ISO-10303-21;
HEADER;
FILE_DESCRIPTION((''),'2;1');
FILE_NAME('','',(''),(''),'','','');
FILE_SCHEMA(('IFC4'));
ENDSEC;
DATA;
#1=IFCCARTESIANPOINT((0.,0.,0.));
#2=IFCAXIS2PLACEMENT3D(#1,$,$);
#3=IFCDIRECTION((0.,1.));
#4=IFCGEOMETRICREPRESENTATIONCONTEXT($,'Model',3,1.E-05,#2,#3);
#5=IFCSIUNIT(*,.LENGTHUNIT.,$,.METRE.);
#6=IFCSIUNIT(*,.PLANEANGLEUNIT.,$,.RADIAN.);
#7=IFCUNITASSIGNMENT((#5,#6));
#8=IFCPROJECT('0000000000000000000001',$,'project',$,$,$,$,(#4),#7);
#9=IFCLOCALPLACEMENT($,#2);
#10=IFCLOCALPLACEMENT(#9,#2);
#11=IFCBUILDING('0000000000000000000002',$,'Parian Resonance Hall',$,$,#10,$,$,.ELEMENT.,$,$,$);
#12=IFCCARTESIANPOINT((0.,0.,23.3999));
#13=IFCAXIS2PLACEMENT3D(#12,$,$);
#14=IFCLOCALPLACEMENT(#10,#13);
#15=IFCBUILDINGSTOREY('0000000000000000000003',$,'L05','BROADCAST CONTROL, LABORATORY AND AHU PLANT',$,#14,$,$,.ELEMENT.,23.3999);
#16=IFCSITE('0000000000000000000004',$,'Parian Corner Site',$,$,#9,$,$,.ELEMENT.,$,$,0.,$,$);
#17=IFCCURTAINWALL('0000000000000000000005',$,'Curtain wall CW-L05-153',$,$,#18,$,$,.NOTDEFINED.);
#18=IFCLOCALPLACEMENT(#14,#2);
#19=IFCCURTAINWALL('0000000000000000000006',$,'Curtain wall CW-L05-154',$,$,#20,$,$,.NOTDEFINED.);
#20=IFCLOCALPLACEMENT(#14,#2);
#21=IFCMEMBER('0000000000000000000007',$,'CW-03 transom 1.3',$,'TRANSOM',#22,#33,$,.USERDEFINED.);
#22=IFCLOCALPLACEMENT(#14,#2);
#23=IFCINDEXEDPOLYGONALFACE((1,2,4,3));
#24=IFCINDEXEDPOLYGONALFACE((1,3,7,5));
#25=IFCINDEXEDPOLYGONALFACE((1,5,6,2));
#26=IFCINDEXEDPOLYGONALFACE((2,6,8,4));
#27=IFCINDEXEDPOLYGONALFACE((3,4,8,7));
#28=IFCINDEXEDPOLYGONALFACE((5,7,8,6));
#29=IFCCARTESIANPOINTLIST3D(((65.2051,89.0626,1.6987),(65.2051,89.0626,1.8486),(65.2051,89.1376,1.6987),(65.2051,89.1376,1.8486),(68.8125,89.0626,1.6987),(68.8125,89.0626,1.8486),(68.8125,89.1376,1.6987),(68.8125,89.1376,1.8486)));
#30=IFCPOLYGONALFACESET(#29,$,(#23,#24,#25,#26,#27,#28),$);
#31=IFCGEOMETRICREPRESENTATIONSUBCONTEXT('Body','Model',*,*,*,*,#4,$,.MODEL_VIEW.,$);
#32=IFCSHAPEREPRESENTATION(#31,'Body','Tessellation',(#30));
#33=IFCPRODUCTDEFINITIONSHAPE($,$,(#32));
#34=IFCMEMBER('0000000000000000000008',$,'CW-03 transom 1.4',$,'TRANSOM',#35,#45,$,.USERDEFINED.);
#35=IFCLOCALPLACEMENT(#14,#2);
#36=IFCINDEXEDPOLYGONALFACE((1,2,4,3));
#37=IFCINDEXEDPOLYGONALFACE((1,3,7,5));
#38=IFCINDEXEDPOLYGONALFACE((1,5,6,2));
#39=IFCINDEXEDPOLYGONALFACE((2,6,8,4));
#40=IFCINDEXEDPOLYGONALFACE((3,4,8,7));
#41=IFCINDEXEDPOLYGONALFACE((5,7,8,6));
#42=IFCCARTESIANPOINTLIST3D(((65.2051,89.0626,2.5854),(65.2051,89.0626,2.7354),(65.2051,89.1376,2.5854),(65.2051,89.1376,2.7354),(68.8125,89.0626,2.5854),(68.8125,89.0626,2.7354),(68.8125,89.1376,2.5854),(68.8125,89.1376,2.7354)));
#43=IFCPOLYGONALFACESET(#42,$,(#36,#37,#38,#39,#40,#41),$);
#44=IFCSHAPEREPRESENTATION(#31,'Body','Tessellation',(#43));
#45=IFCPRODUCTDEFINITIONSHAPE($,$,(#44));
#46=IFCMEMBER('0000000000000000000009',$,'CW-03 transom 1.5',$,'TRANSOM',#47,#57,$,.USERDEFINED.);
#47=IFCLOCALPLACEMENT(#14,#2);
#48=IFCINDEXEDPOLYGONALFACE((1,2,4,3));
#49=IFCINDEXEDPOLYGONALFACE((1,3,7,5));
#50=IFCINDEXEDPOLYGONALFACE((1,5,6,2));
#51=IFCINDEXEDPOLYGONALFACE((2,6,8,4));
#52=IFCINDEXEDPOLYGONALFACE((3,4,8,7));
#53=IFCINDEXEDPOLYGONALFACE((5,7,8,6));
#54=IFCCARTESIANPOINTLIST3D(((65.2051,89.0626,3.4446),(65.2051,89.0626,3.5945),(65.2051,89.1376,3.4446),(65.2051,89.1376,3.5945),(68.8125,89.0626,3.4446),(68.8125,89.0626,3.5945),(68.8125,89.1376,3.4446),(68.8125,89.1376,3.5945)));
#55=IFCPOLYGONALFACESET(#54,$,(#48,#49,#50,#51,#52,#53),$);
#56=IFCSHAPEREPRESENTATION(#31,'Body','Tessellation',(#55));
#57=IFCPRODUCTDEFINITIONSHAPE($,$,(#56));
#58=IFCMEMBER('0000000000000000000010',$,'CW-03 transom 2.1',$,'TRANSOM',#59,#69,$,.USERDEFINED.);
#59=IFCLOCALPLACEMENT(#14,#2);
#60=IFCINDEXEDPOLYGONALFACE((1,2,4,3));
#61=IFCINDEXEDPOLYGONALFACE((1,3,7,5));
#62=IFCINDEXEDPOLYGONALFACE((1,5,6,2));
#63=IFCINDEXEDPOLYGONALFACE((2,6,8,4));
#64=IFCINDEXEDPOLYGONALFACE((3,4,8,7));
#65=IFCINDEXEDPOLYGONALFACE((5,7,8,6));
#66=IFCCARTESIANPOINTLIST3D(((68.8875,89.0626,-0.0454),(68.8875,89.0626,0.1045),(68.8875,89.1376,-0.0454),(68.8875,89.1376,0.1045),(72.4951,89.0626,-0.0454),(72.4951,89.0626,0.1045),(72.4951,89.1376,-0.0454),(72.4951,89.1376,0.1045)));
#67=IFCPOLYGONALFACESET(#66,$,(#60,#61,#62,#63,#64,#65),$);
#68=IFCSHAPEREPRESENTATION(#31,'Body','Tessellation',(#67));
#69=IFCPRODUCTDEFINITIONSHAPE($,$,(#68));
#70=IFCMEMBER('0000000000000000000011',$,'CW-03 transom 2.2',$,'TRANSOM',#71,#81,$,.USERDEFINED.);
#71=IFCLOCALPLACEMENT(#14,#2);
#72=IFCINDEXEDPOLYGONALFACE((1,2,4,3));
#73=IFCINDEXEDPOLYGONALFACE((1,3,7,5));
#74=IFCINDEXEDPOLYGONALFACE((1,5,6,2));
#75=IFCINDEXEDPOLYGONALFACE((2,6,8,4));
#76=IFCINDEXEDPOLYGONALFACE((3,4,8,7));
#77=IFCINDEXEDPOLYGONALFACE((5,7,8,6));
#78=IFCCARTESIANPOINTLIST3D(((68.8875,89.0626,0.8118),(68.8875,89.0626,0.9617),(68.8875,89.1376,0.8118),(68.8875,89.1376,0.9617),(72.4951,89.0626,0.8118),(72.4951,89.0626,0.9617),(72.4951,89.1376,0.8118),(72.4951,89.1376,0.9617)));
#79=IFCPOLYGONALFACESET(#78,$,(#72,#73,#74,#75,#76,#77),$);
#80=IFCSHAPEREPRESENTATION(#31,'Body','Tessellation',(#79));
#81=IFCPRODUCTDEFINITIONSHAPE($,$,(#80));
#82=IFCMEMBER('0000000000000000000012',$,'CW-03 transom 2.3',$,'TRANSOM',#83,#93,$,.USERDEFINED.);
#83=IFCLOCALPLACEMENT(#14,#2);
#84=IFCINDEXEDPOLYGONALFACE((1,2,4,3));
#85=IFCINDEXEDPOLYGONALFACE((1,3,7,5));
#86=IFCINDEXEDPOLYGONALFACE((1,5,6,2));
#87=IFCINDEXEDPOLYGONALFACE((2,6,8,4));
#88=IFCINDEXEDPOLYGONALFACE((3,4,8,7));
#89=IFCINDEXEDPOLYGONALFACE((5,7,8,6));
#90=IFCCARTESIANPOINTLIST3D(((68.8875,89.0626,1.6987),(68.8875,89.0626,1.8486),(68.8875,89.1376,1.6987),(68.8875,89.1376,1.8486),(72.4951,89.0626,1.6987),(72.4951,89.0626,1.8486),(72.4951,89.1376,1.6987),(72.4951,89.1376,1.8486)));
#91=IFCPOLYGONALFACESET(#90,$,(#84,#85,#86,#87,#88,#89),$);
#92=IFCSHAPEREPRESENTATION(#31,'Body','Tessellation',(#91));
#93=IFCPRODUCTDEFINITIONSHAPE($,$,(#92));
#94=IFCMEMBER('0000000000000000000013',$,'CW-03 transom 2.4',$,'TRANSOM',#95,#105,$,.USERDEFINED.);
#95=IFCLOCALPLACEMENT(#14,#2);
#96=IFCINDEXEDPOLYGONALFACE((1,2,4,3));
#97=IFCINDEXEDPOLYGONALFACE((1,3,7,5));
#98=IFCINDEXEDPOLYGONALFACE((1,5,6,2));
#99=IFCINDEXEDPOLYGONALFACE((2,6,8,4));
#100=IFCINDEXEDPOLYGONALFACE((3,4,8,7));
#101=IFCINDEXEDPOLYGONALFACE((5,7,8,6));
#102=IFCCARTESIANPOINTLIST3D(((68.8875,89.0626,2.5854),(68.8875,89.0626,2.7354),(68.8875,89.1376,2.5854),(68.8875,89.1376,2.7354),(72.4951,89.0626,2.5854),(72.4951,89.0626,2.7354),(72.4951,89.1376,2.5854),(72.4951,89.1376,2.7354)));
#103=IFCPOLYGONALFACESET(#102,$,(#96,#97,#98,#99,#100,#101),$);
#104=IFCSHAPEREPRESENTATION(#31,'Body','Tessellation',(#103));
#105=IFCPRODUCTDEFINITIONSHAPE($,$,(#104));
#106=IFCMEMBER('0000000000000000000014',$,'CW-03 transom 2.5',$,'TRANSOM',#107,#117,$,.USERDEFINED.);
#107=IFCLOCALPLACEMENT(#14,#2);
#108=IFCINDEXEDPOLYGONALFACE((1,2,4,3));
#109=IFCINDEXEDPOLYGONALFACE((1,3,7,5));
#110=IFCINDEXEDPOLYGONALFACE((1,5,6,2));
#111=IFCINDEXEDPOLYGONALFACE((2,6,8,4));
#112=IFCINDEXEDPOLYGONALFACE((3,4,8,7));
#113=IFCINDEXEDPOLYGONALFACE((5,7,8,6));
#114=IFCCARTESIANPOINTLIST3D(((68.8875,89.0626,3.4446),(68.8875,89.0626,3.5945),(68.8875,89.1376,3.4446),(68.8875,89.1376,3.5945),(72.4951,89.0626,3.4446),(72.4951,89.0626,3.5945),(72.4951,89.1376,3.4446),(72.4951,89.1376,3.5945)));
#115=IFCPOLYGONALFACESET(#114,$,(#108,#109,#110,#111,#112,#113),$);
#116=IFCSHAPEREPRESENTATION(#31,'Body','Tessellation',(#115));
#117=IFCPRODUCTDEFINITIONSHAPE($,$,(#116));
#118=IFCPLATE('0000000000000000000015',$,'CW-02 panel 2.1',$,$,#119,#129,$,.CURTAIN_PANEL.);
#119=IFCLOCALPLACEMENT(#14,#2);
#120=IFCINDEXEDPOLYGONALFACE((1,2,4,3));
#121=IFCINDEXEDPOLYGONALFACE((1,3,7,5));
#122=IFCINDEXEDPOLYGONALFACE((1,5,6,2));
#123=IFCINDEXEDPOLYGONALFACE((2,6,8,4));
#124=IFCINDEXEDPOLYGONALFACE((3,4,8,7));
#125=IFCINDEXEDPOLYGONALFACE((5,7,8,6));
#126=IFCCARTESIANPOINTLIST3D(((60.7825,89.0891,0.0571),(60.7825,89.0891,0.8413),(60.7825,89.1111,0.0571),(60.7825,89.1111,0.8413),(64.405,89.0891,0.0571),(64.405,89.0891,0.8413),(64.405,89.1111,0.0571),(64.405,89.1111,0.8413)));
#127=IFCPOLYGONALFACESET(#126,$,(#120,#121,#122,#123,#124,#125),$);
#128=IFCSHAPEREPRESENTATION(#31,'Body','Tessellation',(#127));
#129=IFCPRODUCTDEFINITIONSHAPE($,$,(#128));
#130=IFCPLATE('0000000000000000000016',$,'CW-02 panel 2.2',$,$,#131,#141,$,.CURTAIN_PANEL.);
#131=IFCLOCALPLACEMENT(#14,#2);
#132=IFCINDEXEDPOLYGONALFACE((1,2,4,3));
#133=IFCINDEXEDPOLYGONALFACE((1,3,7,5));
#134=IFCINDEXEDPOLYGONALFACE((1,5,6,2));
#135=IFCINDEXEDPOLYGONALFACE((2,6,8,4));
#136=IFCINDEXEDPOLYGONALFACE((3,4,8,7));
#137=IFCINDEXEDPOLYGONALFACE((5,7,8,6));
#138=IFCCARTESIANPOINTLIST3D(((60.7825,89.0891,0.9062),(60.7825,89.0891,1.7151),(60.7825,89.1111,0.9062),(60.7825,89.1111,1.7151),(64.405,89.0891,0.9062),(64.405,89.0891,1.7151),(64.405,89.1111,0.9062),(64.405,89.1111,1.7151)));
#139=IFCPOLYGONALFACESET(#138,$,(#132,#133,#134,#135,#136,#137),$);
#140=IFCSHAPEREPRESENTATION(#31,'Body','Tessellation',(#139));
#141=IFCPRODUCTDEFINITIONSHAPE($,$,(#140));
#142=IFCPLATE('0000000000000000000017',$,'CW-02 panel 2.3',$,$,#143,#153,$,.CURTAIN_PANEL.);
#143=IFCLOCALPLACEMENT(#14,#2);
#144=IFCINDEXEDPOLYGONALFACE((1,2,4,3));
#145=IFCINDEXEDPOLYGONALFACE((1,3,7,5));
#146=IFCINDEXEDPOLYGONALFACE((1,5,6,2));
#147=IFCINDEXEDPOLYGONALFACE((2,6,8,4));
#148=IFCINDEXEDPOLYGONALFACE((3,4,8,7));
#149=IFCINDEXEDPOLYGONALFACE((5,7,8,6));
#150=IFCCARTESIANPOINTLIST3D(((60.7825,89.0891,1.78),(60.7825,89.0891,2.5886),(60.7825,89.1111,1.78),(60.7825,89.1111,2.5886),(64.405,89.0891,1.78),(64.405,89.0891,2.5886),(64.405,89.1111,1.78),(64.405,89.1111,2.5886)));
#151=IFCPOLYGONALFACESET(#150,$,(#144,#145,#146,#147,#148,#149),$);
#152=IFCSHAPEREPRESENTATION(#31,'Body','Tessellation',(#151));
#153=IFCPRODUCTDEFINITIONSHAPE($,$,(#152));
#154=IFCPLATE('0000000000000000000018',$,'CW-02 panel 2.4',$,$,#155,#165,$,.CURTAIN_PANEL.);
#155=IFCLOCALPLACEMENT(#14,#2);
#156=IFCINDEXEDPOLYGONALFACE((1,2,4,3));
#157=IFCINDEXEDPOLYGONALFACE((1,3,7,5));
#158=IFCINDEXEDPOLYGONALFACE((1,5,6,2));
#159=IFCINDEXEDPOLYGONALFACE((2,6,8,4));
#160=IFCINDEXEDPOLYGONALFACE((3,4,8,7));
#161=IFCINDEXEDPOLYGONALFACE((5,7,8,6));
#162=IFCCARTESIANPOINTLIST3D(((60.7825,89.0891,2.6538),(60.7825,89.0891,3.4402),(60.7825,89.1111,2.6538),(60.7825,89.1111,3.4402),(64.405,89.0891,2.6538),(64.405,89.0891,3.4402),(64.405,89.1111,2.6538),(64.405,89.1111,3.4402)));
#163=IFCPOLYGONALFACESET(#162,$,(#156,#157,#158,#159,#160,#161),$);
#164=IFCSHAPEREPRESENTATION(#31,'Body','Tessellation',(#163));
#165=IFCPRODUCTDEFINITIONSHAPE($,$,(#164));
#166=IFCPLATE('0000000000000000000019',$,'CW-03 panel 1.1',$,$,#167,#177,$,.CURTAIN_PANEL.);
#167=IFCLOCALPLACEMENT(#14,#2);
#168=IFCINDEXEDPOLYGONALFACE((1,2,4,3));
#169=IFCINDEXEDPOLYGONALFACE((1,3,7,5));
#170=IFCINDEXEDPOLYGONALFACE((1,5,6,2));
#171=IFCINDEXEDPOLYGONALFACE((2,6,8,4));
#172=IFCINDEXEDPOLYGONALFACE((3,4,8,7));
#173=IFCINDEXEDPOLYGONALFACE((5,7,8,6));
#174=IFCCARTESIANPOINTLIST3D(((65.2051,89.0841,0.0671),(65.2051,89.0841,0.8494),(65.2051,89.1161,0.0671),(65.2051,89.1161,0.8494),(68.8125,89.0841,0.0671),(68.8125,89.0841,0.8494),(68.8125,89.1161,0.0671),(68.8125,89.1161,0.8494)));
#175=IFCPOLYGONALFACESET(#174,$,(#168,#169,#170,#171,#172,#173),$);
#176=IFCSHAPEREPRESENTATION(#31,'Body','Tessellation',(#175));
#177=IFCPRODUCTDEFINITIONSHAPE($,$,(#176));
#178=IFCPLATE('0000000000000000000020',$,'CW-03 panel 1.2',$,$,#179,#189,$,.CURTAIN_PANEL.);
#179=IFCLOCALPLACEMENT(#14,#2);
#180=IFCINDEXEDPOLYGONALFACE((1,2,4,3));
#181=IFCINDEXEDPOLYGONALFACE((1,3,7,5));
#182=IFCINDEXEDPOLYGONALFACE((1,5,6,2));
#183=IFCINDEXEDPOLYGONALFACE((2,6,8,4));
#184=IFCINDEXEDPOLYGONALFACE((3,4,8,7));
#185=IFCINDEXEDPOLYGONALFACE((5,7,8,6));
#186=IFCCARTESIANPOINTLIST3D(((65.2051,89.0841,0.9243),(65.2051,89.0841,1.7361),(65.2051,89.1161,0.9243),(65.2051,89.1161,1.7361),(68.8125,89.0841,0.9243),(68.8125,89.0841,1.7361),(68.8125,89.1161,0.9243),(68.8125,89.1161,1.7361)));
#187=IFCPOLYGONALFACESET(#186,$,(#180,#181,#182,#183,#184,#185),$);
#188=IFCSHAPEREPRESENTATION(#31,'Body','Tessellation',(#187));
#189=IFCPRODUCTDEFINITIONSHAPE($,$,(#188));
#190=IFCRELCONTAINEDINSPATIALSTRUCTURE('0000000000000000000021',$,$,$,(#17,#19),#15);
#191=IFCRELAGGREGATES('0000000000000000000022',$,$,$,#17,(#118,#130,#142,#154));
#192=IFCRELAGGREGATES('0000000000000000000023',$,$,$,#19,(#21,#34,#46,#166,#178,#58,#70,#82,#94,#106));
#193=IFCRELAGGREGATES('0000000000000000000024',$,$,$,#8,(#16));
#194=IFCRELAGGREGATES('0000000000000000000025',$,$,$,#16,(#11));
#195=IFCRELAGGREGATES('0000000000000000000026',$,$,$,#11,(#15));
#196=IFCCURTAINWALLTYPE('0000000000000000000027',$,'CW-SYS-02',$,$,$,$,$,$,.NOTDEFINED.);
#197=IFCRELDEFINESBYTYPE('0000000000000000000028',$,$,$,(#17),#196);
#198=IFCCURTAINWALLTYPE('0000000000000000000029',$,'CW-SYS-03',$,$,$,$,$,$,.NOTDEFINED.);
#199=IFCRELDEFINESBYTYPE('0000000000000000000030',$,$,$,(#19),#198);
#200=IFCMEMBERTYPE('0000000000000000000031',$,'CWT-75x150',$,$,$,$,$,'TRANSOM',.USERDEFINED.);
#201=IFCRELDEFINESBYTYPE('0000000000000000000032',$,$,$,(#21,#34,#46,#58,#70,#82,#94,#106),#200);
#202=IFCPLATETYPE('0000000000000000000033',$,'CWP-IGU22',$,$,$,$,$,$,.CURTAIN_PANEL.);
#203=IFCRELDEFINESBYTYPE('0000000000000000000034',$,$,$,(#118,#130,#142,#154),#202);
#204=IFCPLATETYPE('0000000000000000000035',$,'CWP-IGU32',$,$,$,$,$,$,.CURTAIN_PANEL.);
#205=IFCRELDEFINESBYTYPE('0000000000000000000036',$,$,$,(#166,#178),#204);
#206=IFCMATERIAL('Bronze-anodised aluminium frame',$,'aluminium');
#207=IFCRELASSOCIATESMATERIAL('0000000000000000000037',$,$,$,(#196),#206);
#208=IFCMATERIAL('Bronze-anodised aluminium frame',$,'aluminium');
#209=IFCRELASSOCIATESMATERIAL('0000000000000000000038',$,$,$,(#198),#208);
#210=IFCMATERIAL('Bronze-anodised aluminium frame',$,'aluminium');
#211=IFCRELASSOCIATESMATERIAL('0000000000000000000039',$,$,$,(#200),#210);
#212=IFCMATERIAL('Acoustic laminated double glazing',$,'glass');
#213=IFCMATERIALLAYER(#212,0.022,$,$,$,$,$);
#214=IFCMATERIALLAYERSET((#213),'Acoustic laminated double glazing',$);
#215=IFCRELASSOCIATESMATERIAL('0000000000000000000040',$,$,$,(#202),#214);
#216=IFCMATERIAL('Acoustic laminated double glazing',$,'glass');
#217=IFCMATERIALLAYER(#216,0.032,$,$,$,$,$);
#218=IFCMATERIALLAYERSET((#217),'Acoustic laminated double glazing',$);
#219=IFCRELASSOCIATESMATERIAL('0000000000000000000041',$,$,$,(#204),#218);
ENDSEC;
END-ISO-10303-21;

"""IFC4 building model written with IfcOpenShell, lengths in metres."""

from ifc_helpers import new_model, si_unit, direction, frame, origin, origin_2d, place, context, subcontext, project, spatial, rectangle, extrude, material, layer, layer_set, material_profile, profile_set, type_object, element, aggregate, save


model = new_model("IFC4")

# Units and contexts
model_context = context("Model", 3, precision=1e-05, world=origin(), true_north=direction((0.0, 1.0)))
body_context = subcontext(model_context, "Body", "Model", "MODEL_VIEW")
ifc_project = project(units=[si_unit("LENGTHUNIT", "METRE"), si_unit("PLANEANGLEUNIT", "RADIAN")], contexts=[model_context])

# Site, building, storey
site_placement = place(None, origin())
site = spatial("IfcSite", under=ifc_project, at=site_placement, Name="Parian Corner Site", CompositionType="ELEMENT", RefElevation=0.0)
building_placement = place(site_placement, origin())
building = spatial("IfcBuilding", under=site, at=building_placement, Name="Parian Resonance Hall", CompositionType="ELEMENT")
storey_placement = place(building_placement, frame((0.0, 0.0, 23.3999)))
storey = spatial("IfcBuildingStorey", under=building, at=storey_placement, Name="L05", Description="BROADCAST CONTROL, LABORATORY AND AHU PLANT", CompositionType="ELEMENT", Elevation=23.3999)

# Curtain wall
ifc_material_1 = material(Name="Bronze-anodised aluminium frame", Category="aluminium")
curtain_wall_type_1 = type_object("IfcCurtainWallType", Name="CW-SYS-02", PredefinedType="NOTDEFINED", material=ifc_material_1)
curtain_wall_1_placement = place(storey_placement, origin())
curtain_wall_1 = element("IfcCurtainWall", 1, at=curtain_wall_1_placement, inside=storey, type_object=curtain_wall_type_1, Name="Curtain wall CW-L05-153", PredefinedType="NOTDEFINED")

# Curtain wall
ifc_material_2 = material(Name="Bronze-anodised aluminium frame", Category="aluminium")
curtain_wall_type_2 = type_object("IfcCurtainWallType", Name="CW-SYS-03", PredefinedType="NOTDEFINED", material=ifc_material_2)
curtain_wall_2_placement = place(storey_placement, origin())
curtain_wall_2 = element("IfcCurtainWall", 2, at=curtain_wall_2_placement, inside=storey, type_object=curtain_wall_type_2, Name="Curtain wall CW-L05-154", PredefinedType="NOTDEFINED")

# Members
ifc_material_3 = material(Name="Bronze-anodised aluminium frame", Category="aluminium")
ifc_material_profile_1 = material_profile(ifc_material_3, rectangle(XDim=0.075, YDim=0.1499, at=origin_2d()), Name="CWT-75x150")
ifc_profile_set_1 = profile_set([ifc_material_profile_1], Name="Bronze-anodised aluminium frame")
member_type_1 = type_object("IfcMemberType", Name="CWT-75x150", ElementType="TRANSOM", PredefinedType="USERDEFINED", material=ifc_profile_set_1)
member_1_placement = place(storey_placement, frame((65.2051, 89.1001, 1.7737), z_axis=(1.0, 0.0, 0.0), x_axis=(0.0, 1.0, 0.0)))
member_1 = element("IfcMember", 3, at=member_1_placement, type_object=member_type_1, Name="CW-03 transom 1.3", ObjectType="TRANSOM", PredefinedType="USERDEFINED", context=body_context, shape_type="SweptSolid", body=[
    extrude(rectangle(XDim=0.075, YDim=0.1499, at=origin_2d()), origin(), (0.0, 0.0, 1.0), 3.6074),
])
member_2_placement = place(storey_placement, frame((65.2051, 89.1001, 2.6604), z_axis=(1.0, 0.0, 0.0), x_axis=(0.0, 1.0, 0.0)))
member_2 = element("IfcMember", 4, at=member_2_placement, type_object=member_type_1, Name="CW-03 transom 1.4", ObjectType="TRANSOM", PredefinedType="USERDEFINED", context=body_context, shape_type="SweptSolid", body=[
    extrude(rectangle(XDim=0.075, YDim=0.1499, at=origin_2d()), origin(), (0.0, 0.0, 1.0), 3.6074),
])
member_3_placement = place(storey_placement, frame((65.2051, 89.1001, 3.5195), z_axis=(1.0, 0.0, 0.0), x_axis=(0.0, 1.0, 0.0)))
member_3 = element("IfcMember", 5, at=member_3_placement, type_object=member_type_1, Name="CW-03 transom 1.5", ObjectType="TRANSOM", PredefinedType="USERDEFINED", context=body_context, shape_type="SweptSolid", body=[
    extrude(rectangle(XDim=0.075, YDim=0.1499, at=origin_2d()), origin(), (0.0, 0.0, 1.0), 3.6074),
])
member_4_placement = place(storey_placement, frame((68.8875, 89.1001, 0.0295), z_axis=(1.0, 0.0, 0.0), x_axis=(0.0, 1.0, 0.0)))
member_4 = element("IfcMember", 6, at=member_4_placement, type_object=member_type_1, Name="CW-03 transom 2.1", ObjectType="TRANSOM", PredefinedType="USERDEFINED", context=body_context, shape_type="SweptSolid", body=[
    extrude(rectangle(XDim=0.075, YDim=0.1499, at=origin_2d()), origin(), (0.0, 0.0, 1.0), 3.6077),
])
member_5_placement = place(storey_placement, frame((68.8875, 89.1001, 0.8867), z_axis=(1.0, 0.0, 0.0), x_axis=(0.0, 1.0, 0.0)))
member_5 = element("IfcMember", 7, at=member_5_placement, type_object=member_type_1, Name="CW-03 transom 2.2", ObjectType="TRANSOM", PredefinedType="USERDEFINED", context=body_context, shape_type="SweptSolid", body=[
    extrude(rectangle(XDim=0.075, YDim=0.1499, at=origin_2d()), origin(), (0.0, 0.0, 1.0), 3.6077),
])
member_6_placement = place(storey_placement, frame((68.8875, 89.1001, 1.7737), z_axis=(1.0, 0.0, 0.0), x_axis=(0.0, 1.0, 0.0)))
member_6 = element("IfcMember", 8, at=member_6_placement, type_object=member_type_1, Name="CW-03 transom 2.3", ObjectType="TRANSOM", PredefinedType="USERDEFINED", context=body_context, shape_type="SweptSolid", body=[
    extrude(rectangle(XDim=0.075, YDim=0.1499, at=origin_2d()), origin(), (0.0, 0.0, 1.0), 3.6077),
])
member_7_placement = place(storey_placement, frame((68.8875, 89.1001, 2.6604), z_axis=(1.0, 0.0, 0.0), x_axis=(0.0, 1.0, 0.0)))
member_7 = element("IfcMember", 9, at=member_7_placement, type_object=member_type_1, Name="CW-03 transom 2.4", ObjectType="TRANSOM", PredefinedType="USERDEFINED", context=body_context, shape_type="SweptSolid", body=[
    extrude(rectangle(XDim=0.075, YDim=0.1499, at=origin_2d()), origin(), (0.0, 0.0, 1.0), 3.6077),
])
member_8_placement = place(storey_placement, frame((68.8875, 89.1001, 3.5195), z_axis=(1.0, 0.0, 0.0), x_axis=(0.0, 1.0, 0.0)))
member_8 = element("IfcMember", 10, at=member_8_placement, type_object=member_type_1, Name="CW-03 transom 2.5", ObjectType="TRANSOM", PredefinedType="USERDEFINED", context=body_context, shape_type="SweptSolid", body=[
    extrude(rectangle(XDim=0.075, YDim=0.1499, at=origin_2d()), origin(), (0.0, 0.0, 1.0), 3.6077),
])

# Plates
ifc_material_4 = material(Name="Acoustic laminated double glazing", Category="glass")
ifc_layer_1 = layer(ifc_material_4, 0.022)
ifc_layer_set_1 = layer_set([ifc_layer_1], Name="Acoustic laminated double glazing")
plate_type_1 = type_object("IfcPlateType", Name="CWP-IGU22", PredefinedType="CURTAIN_PANEL", material=ifc_layer_set_1)
plate_1_placement = place(storey_placement, frame((62.5938, 89.1001, 0.0571), z_axis=(0.0, 0.0, 1.0), x_axis=(1.0, 0.0, 0.0)))
plate_1 = element("IfcPlate", 11, at=plate_1_placement, type_object=plate_type_1, Name="CW-02 panel 2.1", PredefinedType="CURTAIN_PANEL", context=body_context, shape_type="SweptSolid", body=[
    extrude(rectangle(XDim=3.6226, YDim=0.022, at=origin_2d()), origin(), (0.0, 0.0, 1.0), 0.7842),
])
plate_2_placement = place(storey_placement, frame((62.5938, 89.1001, 0.9062), z_axis=(0.0, 0.0, 1.0), x_axis=(1.0, 0.0, 0.0)))
plate_2 = element("IfcPlate", 12, at=plate_2_placement, type_object=plate_type_1, Name="CW-02 panel 2.2", PredefinedType="CURTAIN_PANEL", context=body_context, shape_type="SweptSolid", body=[
    extrude(rectangle(XDim=3.6226, YDim=0.022, at=origin_2d()), origin(), (0.0, 0.0, 1.0), 0.8088),
])
plate_3_placement = place(storey_placement, frame((62.5938, 89.1001, 1.78), z_axis=(0.0, 0.0, 1.0), x_axis=(1.0, 0.0, 0.0)))
plate_3 = element("IfcPlate", 13, at=plate_3_placement, type_object=plate_type_1, Name="CW-02 panel 2.3", PredefinedType="CURTAIN_PANEL", context=body_context, shape_type="SweptSolid", body=[
    extrude(rectangle(XDim=3.6226, YDim=0.022, at=origin_2d()), origin(), (0.0, 0.0, 1.0), 0.8086),
])
plate_4_placement = place(storey_placement, frame((62.5938, 89.1001, 2.6538), z_axis=(0.0, 0.0, 1.0), x_axis=(1.0, 0.0, 0.0)))
plate_4 = element("IfcPlate", 14, at=plate_4_placement, type_object=plate_type_1, Name="CW-02 panel 2.4", PredefinedType="CURTAIN_PANEL", context=body_context, shape_type="SweptSolid", body=[
    extrude(rectangle(XDim=3.6226, YDim=0.022, at=origin_2d()), origin(), (0.0, 0.0, 1.0), 0.7864),
])
aggregate(curtain_wall_1, [plate_1, plate_2, plate_3, plate_4])
ifc_material_5 = material(Name="Acoustic laminated double glazing", Category="glass")
ifc_layer_2 = layer(ifc_material_5, 0.032)
ifc_layer_set_2 = layer_set([ifc_layer_2], Name="Acoustic laminated double glazing")
plate_type_2 = type_object("IfcPlateType", Name="CWP-IGU32", PredefinedType="CURTAIN_PANEL", material=ifc_layer_set_2)
plate_5_placement = place(storey_placement, frame((67.0088, 89.1001, 0.0671), z_axis=(0.0, 0.0, 1.0), x_axis=(1.0, 0.0, 0.0)))
plate_5 = element("IfcPlate", 15, at=plate_5_placement, type_object=plate_type_2, Name="CW-03 panel 1.1", PredefinedType="CURTAIN_PANEL", context=body_context, shape_type="SweptSolid", body=[
    extrude(rectangle(XDim=3.6074, YDim=0.032, at=origin_2d()), origin(), (0.0, 0.0, 1.0), 0.7822),
])
plate_6_placement = place(storey_placement, frame((67.0088, 89.1001, 0.9243), z_axis=(0.0, 0.0, 1.0), x_axis=(1.0, 0.0, 0.0)))
plate_6 = element("IfcPlate", 16, at=plate_6_placement, type_object=plate_type_2, Name="CW-03 panel 1.2", PredefinedType="CURTAIN_PANEL", context=body_context, shape_type="SweptSolid", body=[
    extrude(rectangle(XDim=3.6074, YDim=0.032, at=origin_2d()), origin(), (0.0, 0.0, 1.0), 0.8118),
])
aggregate(curtain_wall_2, [member_1, member_2, member_3, plate_5, plate_6, member_4, member_5, member_6, member_7, member_8])

save(model, "model.ifc")
